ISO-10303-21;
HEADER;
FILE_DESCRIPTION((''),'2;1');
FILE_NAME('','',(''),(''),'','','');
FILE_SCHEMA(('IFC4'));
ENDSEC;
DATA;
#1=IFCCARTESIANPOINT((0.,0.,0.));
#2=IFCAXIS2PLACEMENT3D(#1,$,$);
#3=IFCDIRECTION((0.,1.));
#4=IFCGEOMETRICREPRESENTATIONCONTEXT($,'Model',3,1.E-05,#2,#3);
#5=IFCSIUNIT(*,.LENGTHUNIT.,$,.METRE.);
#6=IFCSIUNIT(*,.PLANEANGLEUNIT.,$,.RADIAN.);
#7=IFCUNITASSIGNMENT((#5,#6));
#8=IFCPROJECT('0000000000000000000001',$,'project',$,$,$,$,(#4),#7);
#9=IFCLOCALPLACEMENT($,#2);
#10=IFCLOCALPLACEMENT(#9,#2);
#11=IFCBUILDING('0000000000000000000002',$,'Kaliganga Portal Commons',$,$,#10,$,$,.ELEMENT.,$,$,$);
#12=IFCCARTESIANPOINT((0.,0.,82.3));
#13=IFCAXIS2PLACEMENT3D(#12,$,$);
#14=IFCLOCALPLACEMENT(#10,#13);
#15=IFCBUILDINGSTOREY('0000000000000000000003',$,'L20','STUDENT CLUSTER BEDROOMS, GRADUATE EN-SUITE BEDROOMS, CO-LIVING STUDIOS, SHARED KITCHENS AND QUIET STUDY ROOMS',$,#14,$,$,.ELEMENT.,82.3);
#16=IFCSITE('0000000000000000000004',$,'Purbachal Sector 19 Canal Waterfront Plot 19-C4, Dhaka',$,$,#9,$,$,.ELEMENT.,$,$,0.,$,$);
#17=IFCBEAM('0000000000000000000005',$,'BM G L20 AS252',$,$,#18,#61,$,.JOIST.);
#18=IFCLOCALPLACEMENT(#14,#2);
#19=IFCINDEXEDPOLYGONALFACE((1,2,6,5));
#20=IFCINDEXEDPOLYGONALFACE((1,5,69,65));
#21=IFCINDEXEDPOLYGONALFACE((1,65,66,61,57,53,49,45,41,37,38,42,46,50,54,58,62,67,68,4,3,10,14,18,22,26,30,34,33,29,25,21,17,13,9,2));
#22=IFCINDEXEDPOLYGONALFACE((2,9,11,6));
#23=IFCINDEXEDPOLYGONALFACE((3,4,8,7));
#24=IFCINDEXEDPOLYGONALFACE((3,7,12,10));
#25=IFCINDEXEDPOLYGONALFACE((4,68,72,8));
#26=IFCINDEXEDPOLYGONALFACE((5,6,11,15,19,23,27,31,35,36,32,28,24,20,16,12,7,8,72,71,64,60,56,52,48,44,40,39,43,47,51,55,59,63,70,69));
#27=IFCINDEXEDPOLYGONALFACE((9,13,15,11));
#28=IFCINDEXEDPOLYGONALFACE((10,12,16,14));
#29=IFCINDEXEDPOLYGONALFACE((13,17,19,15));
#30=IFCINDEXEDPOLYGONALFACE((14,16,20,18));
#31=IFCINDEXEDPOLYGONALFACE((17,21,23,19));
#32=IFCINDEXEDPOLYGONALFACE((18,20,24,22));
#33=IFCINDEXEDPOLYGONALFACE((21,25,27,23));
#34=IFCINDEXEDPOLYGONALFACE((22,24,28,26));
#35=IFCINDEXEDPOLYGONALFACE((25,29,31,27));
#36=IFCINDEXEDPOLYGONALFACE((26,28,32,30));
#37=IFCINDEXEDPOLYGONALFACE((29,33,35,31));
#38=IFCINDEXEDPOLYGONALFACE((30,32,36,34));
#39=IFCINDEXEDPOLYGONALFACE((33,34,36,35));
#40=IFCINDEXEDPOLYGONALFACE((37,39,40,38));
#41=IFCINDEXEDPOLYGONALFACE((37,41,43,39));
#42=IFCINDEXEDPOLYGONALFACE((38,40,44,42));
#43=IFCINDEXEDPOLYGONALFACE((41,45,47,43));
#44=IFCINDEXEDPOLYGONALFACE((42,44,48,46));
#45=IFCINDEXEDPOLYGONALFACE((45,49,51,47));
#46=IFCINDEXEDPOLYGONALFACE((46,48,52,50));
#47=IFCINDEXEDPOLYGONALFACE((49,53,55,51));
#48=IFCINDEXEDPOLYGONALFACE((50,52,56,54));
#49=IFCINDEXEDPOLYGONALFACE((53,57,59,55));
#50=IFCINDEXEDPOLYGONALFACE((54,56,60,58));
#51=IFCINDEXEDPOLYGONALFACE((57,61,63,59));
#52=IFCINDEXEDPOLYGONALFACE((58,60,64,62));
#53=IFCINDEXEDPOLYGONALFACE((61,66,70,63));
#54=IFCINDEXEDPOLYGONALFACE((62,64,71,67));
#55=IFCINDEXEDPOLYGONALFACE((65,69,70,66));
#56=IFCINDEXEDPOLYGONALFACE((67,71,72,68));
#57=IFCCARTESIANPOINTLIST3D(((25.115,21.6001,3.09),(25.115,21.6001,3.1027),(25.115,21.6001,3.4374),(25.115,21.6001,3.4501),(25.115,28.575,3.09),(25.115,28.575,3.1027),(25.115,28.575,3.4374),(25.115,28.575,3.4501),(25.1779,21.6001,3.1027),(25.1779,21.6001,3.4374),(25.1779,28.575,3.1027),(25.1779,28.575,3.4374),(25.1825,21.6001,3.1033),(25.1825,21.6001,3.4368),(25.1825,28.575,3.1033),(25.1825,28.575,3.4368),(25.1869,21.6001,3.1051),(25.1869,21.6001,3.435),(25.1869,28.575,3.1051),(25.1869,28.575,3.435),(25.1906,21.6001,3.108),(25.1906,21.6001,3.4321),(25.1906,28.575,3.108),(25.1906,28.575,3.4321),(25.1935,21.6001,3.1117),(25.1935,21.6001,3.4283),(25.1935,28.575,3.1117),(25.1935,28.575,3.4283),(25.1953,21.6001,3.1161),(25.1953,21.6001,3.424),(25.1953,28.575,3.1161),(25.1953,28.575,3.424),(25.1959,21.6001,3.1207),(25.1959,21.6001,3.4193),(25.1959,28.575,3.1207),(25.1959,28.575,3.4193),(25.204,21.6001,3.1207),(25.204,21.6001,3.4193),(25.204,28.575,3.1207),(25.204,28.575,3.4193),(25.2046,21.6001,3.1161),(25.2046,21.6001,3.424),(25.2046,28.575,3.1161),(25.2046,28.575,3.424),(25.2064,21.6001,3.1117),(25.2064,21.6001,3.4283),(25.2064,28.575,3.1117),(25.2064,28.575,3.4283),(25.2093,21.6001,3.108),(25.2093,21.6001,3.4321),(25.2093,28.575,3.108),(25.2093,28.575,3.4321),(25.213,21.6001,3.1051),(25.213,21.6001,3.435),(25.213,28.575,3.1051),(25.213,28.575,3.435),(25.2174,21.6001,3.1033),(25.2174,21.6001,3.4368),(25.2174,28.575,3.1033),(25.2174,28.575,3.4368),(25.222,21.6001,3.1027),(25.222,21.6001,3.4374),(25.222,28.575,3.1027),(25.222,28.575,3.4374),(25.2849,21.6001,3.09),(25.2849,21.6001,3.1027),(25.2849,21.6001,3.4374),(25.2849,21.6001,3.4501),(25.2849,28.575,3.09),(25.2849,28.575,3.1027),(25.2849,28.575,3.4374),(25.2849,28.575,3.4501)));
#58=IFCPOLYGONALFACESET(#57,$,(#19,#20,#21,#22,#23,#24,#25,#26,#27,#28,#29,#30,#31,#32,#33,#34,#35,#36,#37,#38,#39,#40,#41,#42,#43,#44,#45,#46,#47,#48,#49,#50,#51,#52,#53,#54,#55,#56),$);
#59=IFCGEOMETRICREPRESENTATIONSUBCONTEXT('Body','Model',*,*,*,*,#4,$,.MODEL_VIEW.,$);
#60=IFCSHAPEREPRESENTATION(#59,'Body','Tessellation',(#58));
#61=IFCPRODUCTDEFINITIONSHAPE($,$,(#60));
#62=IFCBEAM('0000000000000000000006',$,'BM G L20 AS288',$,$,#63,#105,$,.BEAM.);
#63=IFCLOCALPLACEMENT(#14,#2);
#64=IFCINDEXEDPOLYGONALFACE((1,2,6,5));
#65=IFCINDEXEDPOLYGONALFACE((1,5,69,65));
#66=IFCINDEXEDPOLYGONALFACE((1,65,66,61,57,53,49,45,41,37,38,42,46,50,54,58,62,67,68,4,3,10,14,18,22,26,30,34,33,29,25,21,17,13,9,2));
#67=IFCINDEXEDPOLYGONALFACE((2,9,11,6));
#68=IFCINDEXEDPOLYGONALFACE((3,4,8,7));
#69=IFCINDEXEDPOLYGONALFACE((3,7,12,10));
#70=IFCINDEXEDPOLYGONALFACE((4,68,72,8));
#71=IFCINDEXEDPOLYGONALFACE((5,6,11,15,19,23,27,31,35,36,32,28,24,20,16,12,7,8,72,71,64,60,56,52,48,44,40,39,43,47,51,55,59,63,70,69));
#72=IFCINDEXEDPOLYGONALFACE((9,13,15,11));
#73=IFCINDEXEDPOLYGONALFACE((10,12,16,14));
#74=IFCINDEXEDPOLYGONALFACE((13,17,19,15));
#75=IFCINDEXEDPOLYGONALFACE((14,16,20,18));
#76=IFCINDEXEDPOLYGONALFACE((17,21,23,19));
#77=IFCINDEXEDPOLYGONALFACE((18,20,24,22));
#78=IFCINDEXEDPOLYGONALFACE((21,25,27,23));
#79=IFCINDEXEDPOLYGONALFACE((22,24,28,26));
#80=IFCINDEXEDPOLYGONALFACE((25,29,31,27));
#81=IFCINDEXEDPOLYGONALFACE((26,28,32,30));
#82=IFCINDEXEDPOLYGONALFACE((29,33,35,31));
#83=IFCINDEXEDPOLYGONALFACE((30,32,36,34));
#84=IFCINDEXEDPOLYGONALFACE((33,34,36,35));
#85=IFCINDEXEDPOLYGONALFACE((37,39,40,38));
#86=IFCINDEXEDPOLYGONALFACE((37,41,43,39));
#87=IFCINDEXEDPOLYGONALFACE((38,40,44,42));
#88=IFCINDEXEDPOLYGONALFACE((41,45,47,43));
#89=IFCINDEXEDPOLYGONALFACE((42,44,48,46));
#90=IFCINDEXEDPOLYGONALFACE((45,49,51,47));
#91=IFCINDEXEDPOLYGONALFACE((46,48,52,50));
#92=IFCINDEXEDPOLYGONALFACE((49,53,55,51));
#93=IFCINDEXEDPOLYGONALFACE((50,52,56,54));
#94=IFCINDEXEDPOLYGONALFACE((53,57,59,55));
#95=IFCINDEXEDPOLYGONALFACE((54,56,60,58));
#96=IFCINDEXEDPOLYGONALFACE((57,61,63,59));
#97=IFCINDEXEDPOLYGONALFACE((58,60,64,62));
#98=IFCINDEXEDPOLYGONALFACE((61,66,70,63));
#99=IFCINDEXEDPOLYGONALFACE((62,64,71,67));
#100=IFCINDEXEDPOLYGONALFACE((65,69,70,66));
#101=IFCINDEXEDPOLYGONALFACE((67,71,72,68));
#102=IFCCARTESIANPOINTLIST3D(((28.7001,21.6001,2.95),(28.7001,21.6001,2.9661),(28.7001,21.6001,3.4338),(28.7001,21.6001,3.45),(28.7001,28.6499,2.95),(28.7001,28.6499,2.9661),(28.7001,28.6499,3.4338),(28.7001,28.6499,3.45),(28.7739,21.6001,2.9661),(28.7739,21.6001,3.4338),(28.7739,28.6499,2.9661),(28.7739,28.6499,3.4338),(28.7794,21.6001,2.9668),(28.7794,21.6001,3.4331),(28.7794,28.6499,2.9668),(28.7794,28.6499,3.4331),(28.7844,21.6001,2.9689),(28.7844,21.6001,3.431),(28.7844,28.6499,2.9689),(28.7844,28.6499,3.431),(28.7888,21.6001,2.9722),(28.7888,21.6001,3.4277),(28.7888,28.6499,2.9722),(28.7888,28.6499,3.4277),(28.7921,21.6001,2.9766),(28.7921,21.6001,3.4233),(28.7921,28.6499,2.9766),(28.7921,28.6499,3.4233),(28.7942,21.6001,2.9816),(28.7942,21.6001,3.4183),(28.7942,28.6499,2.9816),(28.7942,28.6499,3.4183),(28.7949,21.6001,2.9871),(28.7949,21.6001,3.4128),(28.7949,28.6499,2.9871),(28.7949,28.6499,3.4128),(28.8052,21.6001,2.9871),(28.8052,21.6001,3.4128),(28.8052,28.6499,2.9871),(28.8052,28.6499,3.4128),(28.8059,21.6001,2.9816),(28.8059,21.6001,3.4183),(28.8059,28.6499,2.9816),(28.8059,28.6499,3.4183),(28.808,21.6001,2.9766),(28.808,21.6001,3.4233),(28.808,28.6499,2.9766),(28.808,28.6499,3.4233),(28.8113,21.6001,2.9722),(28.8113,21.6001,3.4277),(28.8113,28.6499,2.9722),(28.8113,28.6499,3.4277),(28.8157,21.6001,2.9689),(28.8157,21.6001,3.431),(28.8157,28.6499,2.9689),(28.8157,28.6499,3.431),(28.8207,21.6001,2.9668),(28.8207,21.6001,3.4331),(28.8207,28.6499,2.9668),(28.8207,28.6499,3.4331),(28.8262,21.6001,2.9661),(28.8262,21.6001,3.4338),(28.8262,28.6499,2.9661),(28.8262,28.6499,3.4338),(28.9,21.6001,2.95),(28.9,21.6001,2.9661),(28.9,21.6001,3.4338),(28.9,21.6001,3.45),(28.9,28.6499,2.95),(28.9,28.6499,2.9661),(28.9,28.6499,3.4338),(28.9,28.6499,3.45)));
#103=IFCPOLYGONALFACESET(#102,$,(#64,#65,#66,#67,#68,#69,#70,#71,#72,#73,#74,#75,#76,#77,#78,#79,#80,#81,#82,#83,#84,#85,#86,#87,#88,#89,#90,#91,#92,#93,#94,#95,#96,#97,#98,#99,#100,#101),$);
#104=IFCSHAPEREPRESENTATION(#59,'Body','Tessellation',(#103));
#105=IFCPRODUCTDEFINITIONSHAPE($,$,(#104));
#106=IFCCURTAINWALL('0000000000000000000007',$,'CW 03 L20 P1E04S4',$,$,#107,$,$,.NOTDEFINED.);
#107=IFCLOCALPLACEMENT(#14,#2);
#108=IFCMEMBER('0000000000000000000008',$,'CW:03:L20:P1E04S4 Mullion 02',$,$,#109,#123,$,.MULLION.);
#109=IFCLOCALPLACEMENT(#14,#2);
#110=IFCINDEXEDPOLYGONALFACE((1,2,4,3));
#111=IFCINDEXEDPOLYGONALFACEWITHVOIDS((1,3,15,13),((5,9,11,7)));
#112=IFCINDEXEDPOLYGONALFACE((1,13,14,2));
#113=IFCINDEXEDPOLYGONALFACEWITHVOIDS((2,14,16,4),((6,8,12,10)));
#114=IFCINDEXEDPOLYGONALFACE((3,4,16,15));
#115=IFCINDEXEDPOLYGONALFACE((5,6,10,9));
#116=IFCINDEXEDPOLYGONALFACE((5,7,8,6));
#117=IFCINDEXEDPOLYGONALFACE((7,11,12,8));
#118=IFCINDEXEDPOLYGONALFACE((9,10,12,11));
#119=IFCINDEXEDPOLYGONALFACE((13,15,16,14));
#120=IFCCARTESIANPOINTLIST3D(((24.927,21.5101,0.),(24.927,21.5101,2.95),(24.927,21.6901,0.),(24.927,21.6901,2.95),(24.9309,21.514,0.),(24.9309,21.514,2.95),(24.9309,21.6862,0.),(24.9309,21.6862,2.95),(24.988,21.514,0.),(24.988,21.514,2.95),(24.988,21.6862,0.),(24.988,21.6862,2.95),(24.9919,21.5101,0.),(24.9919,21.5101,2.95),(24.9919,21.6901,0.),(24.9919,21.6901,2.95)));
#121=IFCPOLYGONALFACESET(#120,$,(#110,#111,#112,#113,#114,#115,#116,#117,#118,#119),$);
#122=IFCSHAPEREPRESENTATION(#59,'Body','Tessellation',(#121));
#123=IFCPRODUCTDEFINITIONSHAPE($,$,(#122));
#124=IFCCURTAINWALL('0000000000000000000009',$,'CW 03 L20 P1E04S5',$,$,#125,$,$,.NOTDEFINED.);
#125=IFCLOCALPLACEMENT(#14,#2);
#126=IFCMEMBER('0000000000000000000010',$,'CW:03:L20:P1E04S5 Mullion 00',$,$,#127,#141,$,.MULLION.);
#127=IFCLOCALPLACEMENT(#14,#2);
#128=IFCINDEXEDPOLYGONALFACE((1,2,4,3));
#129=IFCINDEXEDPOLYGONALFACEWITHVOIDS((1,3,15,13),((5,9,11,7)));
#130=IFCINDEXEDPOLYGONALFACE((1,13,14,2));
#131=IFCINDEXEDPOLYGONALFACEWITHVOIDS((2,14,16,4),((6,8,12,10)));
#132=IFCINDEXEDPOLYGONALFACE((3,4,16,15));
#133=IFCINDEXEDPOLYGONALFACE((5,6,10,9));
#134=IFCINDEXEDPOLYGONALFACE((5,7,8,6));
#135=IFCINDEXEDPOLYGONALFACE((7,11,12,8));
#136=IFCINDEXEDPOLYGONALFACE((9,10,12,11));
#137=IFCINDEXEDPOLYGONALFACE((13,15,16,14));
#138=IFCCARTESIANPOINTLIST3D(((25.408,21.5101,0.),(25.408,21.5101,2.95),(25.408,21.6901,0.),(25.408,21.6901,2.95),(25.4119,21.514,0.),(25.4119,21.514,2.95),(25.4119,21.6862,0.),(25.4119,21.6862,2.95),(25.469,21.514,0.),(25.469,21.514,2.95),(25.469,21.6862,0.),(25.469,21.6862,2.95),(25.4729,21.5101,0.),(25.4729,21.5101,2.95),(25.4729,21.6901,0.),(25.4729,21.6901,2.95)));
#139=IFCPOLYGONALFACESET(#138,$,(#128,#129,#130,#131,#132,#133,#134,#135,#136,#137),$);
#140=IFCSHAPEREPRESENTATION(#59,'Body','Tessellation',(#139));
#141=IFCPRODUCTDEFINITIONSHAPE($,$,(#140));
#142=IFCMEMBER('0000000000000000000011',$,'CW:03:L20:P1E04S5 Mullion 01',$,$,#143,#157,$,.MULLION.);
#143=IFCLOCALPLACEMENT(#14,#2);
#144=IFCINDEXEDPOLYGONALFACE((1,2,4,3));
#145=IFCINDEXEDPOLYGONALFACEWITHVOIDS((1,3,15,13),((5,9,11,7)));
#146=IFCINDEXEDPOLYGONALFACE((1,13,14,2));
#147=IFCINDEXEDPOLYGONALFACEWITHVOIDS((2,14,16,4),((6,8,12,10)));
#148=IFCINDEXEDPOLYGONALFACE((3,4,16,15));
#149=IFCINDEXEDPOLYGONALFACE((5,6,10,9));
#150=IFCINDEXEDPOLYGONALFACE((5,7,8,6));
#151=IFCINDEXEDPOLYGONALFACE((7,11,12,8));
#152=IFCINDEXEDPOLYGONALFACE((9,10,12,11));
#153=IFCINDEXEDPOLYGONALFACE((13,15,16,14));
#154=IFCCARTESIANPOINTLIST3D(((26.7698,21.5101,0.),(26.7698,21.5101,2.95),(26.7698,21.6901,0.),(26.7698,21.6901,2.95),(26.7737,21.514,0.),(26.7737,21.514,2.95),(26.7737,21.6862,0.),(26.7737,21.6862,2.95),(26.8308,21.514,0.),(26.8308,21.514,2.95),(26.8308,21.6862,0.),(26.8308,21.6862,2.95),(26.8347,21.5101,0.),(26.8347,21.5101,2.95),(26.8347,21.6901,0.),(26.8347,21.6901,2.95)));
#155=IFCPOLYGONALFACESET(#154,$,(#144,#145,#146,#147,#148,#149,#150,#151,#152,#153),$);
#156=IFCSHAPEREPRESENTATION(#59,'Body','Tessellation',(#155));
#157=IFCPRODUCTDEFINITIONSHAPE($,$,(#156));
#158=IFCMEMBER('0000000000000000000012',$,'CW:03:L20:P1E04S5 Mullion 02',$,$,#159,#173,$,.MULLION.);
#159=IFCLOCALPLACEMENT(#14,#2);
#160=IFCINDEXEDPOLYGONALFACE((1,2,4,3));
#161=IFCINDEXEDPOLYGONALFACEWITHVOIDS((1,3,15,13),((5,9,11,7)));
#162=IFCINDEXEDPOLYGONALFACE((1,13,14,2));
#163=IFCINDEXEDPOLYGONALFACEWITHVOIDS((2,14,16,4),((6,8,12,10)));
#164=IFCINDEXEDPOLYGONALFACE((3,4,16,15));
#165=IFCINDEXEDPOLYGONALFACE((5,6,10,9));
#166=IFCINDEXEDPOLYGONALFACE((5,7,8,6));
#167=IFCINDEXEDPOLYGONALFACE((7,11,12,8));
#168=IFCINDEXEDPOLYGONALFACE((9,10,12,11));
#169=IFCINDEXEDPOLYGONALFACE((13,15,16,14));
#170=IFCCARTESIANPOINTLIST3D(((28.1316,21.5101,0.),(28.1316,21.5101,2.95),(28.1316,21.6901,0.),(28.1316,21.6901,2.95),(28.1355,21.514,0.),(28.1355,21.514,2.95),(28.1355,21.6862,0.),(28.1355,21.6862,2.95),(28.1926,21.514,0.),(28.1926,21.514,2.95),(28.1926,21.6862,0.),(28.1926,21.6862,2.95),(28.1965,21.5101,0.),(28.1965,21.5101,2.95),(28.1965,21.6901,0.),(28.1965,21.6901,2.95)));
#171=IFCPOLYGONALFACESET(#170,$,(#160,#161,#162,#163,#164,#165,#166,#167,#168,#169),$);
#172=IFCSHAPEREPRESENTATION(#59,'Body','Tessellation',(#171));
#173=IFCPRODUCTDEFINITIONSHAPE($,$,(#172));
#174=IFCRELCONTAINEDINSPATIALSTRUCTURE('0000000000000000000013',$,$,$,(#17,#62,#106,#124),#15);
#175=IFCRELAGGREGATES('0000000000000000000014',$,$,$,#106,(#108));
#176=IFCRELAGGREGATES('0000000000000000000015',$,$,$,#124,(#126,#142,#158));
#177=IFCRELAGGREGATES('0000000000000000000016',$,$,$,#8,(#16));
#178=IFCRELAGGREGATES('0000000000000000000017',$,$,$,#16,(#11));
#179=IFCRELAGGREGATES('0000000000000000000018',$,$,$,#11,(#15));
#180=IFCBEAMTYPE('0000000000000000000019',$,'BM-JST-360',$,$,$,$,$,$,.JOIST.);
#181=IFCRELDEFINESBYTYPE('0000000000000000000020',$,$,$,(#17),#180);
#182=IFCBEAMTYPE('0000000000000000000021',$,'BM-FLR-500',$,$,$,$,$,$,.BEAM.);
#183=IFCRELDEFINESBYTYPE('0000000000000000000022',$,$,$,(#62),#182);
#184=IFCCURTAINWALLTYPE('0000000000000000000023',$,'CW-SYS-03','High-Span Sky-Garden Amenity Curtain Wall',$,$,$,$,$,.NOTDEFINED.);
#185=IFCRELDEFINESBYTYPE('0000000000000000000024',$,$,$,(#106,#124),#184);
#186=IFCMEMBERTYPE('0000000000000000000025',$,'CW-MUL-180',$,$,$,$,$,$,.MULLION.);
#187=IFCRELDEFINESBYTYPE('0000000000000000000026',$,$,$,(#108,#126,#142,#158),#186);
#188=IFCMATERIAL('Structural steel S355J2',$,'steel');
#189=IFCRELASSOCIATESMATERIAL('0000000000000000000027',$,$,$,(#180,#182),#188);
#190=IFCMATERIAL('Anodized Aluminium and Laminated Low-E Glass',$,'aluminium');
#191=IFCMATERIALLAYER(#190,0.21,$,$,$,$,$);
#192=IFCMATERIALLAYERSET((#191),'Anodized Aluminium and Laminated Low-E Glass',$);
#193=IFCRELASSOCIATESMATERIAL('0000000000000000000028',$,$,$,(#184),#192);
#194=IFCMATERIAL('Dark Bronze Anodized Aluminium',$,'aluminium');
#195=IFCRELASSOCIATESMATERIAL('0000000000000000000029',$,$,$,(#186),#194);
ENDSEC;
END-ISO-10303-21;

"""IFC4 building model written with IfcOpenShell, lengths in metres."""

from ifc_helpers import new_model, si_unit, direction, frame, origin, origin_2d, place, context, subcontext, project, spatial, hollow_rectangle, i_section, extrude, source, transform, mapped, material, layer, layer_set, material_profile, profile_set, type_object, element, aggregate, save


model = new_model("IFC4")

# Units and contexts
model_context = context("Model", 3, precision=1e-05, world=origin(), true_north=direction((0.0, 1.0)))
body_context = subcontext(model_context, "Body", "Model", "MODEL_VIEW")
ifc_project = project(units=[si_unit("LENGTHUNIT", "METRE"), si_unit("PLANEANGLEUNIT", "RADIAN")], contexts=[model_context])

# Site, building, storey
site_placement = place(None, origin())
site = spatial("IfcSite", under=ifc_project, at=site_placement, Name="Purbachal Sector 19 Canal Waterfront Plot 19-C4, Dhaka", CompositionType="ELEMENT", RefElevation=0.0)
building_placement = place(site_placement, origin())
building = spatial("IfcBuilding", under=site, at=building_placement, Name="Kaliganga Portal Commons", CompositionType="ELEMENT")
storey_placement = place(building_placement, frame((0.0, 0.0, 82.3)))
storey = spatial("IfcBuildingStorey", under=building, at=storey_placement, Name="L20", Description="STUDENT CLUSTER BEDROOMS, GRADUATE EN-SUITE BEDROOMS, CO-LIVING STUDIOS, SHARED KITCHENS AND QUIET STUDY ROOMS", CompositionType="ELEMENT", Elevation=82.3)

# Beams
ifc_material_1 = material(Name="Structural steel S355J2", Category="steel")
ifc_material_profile_1 = material_profile(ifc_material_1, i_section(OverallWidth=0.1699, OverallDepth=0.3601, WebThickness=0.0081, FlangeThickness=0.0127, FilletRadius=0.0181, at=origin_2d()), Name="IPE 360")
ifc_profile_set_1 = profile_set([ifc_material_profile_1], Name="Structural steel S355J2 wide-flange")
beam_type_1 = type_object("IfcBeamType", Name="BM-JST-360", PredefinedType="JOIST", material=ifc_profile_set_1)
shared_shape_1 = source(origin(), body_context, "Body", "SweptSolid", [
    extrude(i_section(OverallWidth=0.1699, OverallDepth=0.3601, WebThickness=0.0081, FlangeThickness=0.0127, FilletRadius=0.0181, at=origin_2d()), origin(), (0.0, 0.0, 1.0), 6.9749),
])
beam_1_placement = place(storey_placement, frame((25.2, 21.6001, 3.27), z_axis=(0.0, 1.0, 0.0), x_axis=(-1.0, 0.0, 0.0)))
element("IfcBeam", 1, at=beam_1_placement, inside=storey, type_object=beam_type_1, Name="BM G L20 AS252", PredefinedType="JOIST", context=body_context, shape_type="MappedRepresentation", body=[
    mapped(shared_shape_1, transform((0.0, 0.0, 0.0), x_axis=(1.0, 0.0, 0.0), y_axis=(0.0, 1.0, 0.0), z_axis=(0.0, 0.0, 1.0), scale=1.0)),
])
ifc_material_profile_2 = material_profile(ifc_material_1, i_section(OverallWidth=0.2, OverallDepth=0.5, WebThickness=0.0103, FlangeThickness=0.0161, FilletRadius=0.021, at=origin_2d()), Name="IPE 500")
ifc_profile_set_2 = profile_set([ifc_material_profile_2], Name="Structural steel S355J2 wide-flange")
beam_type_2 = type_object("IfcBeamType", Name="BM-FLR-500", PredefinedType="BEAM", material=ifc_profile_set_2)
shared_shape_2 = source(origin(), body_context, "Body", "SweptSolid", [
    extrude(i_section(OverallWidth=0.2, OverallDepth=0.5, WebThickness=0.0103, FlangeThickness=0.0161, FilletRadius=0.021, at=origin_2d()), origin(), (0.0, 0.0, 1.0), 7.0498),
])
beam_2_placement = place(storey_placement, frame((28.8, 21.6001, 3.2), z_axis=(0.0, 1.0, 0.0), x_axis=(-1.0, 0.0, 0.0)))
element("IfcBeam", 2, at=beam_2_placement, inside=storey, type_object=beam_type_2, Name="BM G L20 AS288", PredefinedType="BEAM", context=body_context, shape_type="MappedRepresentation", body=[
    mapped(shared_shape_2, transform((0.0, 0.0, 0.0), x_axis=(1.0, 0.0, 0.0), y_axis=(0.0, 1.0, 0.0), z_axis=(0.0, 0.0, 1.0), scale=1.0)),
])

# Curtain wall, member
ifc_material_2 = material(Name="Anodized Aluminium and Laminated Low-E Glass", Category="aluminium")
ifc_layer_1 = layer(ifc_material_2, 0.21)
ifc_layer_set_1 = layer_set([ifc_layer_1], Name="Anodized Aluminium and Laminated Low-E Glass")
curtain_wall_type = type_object("IfcCurtainWallType", Name="CW-SYS-03", Description="High-Span Sky-Garden Amenity Curtain Wall", PredefinedType="NOTDEFINED", material=ifc_layer_set_1)
curtain_wall_1_placement = place(storey_placement, origin())
curtain_wall_1 = element("IfcCurtainWall", 3, at=curtain_wall_1_placement, inside=storey, type_object=curtain_wall_type, Name="CW 03 L20 P1E04S4", PredefinedType="NOTDEFINED")
ifc_material_3 = material(Name="Dark Bronze Anodized Aluminium", Category="aluminium")
ifc_material_profile_3 = material_profile(ifc_material_3, hollow_rectangle(XDim=0.0649, YDim=0.1799, WallThickness=0.0039, at=origin_2d()), Name="ALU MULL 65x180x4")
ifc_profile_set_3 = profile_set([ifc_material_profile_3], Name="Dark Bronze Anodized Aluminium")
member_type_1 = type_object("IfcMemberType", Name="CW-MUL-180", PredefinedType="MULLION", material=ifc_profile_set_3)
shared_shape_3 = source(origin(), body_context, "Body", "SweptSolid", [
    extrude(hollow_rectangle(XDim=0.0649, YDim=0.1799, WallThickness=0.0039, at=origin_2d()), origin(), (0.0, 0.0, 1.0), 2.95),
])
member_1_placement = place(storey_placement, frame((24.9595, 21.6001, 0.0), z_axis=(0.0, 0.0, 1.0), x_axis=(1.0, 0.0, 0.0)))
member_1 = element("IfcMember", 4, at=member_1_placement, type_object=member_type_1, Name="CW:03:L20:P1E04S4 Mullion 02", PredefinedType="MULLION", context=body_context, shape_type="MappedRepresentation", body=[
    mapped(shared_shape_3, transform((0.0, 0.0, 0.0), x_axis=(1.0, 0.0, 0.0), y_axis=(0.0, 1.0, 0.0), z_axis=(0.0, 0.0, 1.0), scale=1.0)),
])

# Curtain wall, members
curtain_wall_2_placement = place(storey_placement, origin())
curtain_wall_2 = element("IfcCurtainWall", 5, at=curtain_wall_2_placement, inside=storey, type_object=curtain_wall_type, Name="CW 03 L20 P1E04S5", PredefinedType="NOTDEFINED")
member_2_placement = place(storey_placement, frame((25.4404, 21.6001, 0.0), z_axis=(0.0, 0.0, 1.0), x_axis=(1.0, 0.0, 0.0)))
member_2 = element("IfcMember", 6, at=member_2_placement, type_object=member_type_1, Name="CW:03:L20:P1E04S5 Mullion 00", PredefinedType="MULLION", context=body_context, shape_type="MappedRepresentation", body=[
    mapped(shared_shape_3, transform((0.0, 0.0, 0.0), x_axis=(1.0, 0.0, 0.0), y_axis=(0.0, 1.0, 0.0), z_axis=(0.0, 0.0, 1.0), scale=1.0)),
])
member_3_placement = place(storey_placement, frame((26.8022, 21.6001, 0.0), z_axis=(0.0, 0.0, 1.0), x_axis=(1.0, 0.0, 0.0)))
member_3 = element("IfcMember", 7, at=member_3_placement, type_object=member_type_1, Name="CW:03:L20:P1E04S5 Mullion 01", PredefinedType="MULLION", context=body_context, shape_type="MappedRepresentation", body=[
    mapped(shared_shape_3, transform((0.0, 0.0, 0.0), x_axis=(1.0, 0.0, 0.0), y_axis=(0.0, 1.0, 0.0), z_axis=(0.0, 0.0, 1.0), scale=1.0)),
])
member_4_placement = place(storey_placement, frame((28.1641, 21.6001, 0.0), z_axis=(0.0, 0.0, 1.0), x_axis=(1.0, 0.0, 0.0)))
member_4 = element("IfcMember", 8, at=member_4_placement, type_object=member_type_1, Name="CW:03:L20:P1E04S5 Mullion 02", PredefinedType="MULLION", context=body_context, shape_type="MappedRepresentation", body=[
    mapped(shared_shape_3, transform((0.0, 0.0, 0.0), x_axis=(1.0, 0.0, 0.0), y_axis=(0.0, 1.0, 0.0), z_axis=(0.0, 0.0, 1.0), scale=1.0)),
])

aggregate(curtain_wall_1, [member_1])
aggregate(curtain_wall_2, [member_2, member_3, member_4])

save(model, "model.ifc")
